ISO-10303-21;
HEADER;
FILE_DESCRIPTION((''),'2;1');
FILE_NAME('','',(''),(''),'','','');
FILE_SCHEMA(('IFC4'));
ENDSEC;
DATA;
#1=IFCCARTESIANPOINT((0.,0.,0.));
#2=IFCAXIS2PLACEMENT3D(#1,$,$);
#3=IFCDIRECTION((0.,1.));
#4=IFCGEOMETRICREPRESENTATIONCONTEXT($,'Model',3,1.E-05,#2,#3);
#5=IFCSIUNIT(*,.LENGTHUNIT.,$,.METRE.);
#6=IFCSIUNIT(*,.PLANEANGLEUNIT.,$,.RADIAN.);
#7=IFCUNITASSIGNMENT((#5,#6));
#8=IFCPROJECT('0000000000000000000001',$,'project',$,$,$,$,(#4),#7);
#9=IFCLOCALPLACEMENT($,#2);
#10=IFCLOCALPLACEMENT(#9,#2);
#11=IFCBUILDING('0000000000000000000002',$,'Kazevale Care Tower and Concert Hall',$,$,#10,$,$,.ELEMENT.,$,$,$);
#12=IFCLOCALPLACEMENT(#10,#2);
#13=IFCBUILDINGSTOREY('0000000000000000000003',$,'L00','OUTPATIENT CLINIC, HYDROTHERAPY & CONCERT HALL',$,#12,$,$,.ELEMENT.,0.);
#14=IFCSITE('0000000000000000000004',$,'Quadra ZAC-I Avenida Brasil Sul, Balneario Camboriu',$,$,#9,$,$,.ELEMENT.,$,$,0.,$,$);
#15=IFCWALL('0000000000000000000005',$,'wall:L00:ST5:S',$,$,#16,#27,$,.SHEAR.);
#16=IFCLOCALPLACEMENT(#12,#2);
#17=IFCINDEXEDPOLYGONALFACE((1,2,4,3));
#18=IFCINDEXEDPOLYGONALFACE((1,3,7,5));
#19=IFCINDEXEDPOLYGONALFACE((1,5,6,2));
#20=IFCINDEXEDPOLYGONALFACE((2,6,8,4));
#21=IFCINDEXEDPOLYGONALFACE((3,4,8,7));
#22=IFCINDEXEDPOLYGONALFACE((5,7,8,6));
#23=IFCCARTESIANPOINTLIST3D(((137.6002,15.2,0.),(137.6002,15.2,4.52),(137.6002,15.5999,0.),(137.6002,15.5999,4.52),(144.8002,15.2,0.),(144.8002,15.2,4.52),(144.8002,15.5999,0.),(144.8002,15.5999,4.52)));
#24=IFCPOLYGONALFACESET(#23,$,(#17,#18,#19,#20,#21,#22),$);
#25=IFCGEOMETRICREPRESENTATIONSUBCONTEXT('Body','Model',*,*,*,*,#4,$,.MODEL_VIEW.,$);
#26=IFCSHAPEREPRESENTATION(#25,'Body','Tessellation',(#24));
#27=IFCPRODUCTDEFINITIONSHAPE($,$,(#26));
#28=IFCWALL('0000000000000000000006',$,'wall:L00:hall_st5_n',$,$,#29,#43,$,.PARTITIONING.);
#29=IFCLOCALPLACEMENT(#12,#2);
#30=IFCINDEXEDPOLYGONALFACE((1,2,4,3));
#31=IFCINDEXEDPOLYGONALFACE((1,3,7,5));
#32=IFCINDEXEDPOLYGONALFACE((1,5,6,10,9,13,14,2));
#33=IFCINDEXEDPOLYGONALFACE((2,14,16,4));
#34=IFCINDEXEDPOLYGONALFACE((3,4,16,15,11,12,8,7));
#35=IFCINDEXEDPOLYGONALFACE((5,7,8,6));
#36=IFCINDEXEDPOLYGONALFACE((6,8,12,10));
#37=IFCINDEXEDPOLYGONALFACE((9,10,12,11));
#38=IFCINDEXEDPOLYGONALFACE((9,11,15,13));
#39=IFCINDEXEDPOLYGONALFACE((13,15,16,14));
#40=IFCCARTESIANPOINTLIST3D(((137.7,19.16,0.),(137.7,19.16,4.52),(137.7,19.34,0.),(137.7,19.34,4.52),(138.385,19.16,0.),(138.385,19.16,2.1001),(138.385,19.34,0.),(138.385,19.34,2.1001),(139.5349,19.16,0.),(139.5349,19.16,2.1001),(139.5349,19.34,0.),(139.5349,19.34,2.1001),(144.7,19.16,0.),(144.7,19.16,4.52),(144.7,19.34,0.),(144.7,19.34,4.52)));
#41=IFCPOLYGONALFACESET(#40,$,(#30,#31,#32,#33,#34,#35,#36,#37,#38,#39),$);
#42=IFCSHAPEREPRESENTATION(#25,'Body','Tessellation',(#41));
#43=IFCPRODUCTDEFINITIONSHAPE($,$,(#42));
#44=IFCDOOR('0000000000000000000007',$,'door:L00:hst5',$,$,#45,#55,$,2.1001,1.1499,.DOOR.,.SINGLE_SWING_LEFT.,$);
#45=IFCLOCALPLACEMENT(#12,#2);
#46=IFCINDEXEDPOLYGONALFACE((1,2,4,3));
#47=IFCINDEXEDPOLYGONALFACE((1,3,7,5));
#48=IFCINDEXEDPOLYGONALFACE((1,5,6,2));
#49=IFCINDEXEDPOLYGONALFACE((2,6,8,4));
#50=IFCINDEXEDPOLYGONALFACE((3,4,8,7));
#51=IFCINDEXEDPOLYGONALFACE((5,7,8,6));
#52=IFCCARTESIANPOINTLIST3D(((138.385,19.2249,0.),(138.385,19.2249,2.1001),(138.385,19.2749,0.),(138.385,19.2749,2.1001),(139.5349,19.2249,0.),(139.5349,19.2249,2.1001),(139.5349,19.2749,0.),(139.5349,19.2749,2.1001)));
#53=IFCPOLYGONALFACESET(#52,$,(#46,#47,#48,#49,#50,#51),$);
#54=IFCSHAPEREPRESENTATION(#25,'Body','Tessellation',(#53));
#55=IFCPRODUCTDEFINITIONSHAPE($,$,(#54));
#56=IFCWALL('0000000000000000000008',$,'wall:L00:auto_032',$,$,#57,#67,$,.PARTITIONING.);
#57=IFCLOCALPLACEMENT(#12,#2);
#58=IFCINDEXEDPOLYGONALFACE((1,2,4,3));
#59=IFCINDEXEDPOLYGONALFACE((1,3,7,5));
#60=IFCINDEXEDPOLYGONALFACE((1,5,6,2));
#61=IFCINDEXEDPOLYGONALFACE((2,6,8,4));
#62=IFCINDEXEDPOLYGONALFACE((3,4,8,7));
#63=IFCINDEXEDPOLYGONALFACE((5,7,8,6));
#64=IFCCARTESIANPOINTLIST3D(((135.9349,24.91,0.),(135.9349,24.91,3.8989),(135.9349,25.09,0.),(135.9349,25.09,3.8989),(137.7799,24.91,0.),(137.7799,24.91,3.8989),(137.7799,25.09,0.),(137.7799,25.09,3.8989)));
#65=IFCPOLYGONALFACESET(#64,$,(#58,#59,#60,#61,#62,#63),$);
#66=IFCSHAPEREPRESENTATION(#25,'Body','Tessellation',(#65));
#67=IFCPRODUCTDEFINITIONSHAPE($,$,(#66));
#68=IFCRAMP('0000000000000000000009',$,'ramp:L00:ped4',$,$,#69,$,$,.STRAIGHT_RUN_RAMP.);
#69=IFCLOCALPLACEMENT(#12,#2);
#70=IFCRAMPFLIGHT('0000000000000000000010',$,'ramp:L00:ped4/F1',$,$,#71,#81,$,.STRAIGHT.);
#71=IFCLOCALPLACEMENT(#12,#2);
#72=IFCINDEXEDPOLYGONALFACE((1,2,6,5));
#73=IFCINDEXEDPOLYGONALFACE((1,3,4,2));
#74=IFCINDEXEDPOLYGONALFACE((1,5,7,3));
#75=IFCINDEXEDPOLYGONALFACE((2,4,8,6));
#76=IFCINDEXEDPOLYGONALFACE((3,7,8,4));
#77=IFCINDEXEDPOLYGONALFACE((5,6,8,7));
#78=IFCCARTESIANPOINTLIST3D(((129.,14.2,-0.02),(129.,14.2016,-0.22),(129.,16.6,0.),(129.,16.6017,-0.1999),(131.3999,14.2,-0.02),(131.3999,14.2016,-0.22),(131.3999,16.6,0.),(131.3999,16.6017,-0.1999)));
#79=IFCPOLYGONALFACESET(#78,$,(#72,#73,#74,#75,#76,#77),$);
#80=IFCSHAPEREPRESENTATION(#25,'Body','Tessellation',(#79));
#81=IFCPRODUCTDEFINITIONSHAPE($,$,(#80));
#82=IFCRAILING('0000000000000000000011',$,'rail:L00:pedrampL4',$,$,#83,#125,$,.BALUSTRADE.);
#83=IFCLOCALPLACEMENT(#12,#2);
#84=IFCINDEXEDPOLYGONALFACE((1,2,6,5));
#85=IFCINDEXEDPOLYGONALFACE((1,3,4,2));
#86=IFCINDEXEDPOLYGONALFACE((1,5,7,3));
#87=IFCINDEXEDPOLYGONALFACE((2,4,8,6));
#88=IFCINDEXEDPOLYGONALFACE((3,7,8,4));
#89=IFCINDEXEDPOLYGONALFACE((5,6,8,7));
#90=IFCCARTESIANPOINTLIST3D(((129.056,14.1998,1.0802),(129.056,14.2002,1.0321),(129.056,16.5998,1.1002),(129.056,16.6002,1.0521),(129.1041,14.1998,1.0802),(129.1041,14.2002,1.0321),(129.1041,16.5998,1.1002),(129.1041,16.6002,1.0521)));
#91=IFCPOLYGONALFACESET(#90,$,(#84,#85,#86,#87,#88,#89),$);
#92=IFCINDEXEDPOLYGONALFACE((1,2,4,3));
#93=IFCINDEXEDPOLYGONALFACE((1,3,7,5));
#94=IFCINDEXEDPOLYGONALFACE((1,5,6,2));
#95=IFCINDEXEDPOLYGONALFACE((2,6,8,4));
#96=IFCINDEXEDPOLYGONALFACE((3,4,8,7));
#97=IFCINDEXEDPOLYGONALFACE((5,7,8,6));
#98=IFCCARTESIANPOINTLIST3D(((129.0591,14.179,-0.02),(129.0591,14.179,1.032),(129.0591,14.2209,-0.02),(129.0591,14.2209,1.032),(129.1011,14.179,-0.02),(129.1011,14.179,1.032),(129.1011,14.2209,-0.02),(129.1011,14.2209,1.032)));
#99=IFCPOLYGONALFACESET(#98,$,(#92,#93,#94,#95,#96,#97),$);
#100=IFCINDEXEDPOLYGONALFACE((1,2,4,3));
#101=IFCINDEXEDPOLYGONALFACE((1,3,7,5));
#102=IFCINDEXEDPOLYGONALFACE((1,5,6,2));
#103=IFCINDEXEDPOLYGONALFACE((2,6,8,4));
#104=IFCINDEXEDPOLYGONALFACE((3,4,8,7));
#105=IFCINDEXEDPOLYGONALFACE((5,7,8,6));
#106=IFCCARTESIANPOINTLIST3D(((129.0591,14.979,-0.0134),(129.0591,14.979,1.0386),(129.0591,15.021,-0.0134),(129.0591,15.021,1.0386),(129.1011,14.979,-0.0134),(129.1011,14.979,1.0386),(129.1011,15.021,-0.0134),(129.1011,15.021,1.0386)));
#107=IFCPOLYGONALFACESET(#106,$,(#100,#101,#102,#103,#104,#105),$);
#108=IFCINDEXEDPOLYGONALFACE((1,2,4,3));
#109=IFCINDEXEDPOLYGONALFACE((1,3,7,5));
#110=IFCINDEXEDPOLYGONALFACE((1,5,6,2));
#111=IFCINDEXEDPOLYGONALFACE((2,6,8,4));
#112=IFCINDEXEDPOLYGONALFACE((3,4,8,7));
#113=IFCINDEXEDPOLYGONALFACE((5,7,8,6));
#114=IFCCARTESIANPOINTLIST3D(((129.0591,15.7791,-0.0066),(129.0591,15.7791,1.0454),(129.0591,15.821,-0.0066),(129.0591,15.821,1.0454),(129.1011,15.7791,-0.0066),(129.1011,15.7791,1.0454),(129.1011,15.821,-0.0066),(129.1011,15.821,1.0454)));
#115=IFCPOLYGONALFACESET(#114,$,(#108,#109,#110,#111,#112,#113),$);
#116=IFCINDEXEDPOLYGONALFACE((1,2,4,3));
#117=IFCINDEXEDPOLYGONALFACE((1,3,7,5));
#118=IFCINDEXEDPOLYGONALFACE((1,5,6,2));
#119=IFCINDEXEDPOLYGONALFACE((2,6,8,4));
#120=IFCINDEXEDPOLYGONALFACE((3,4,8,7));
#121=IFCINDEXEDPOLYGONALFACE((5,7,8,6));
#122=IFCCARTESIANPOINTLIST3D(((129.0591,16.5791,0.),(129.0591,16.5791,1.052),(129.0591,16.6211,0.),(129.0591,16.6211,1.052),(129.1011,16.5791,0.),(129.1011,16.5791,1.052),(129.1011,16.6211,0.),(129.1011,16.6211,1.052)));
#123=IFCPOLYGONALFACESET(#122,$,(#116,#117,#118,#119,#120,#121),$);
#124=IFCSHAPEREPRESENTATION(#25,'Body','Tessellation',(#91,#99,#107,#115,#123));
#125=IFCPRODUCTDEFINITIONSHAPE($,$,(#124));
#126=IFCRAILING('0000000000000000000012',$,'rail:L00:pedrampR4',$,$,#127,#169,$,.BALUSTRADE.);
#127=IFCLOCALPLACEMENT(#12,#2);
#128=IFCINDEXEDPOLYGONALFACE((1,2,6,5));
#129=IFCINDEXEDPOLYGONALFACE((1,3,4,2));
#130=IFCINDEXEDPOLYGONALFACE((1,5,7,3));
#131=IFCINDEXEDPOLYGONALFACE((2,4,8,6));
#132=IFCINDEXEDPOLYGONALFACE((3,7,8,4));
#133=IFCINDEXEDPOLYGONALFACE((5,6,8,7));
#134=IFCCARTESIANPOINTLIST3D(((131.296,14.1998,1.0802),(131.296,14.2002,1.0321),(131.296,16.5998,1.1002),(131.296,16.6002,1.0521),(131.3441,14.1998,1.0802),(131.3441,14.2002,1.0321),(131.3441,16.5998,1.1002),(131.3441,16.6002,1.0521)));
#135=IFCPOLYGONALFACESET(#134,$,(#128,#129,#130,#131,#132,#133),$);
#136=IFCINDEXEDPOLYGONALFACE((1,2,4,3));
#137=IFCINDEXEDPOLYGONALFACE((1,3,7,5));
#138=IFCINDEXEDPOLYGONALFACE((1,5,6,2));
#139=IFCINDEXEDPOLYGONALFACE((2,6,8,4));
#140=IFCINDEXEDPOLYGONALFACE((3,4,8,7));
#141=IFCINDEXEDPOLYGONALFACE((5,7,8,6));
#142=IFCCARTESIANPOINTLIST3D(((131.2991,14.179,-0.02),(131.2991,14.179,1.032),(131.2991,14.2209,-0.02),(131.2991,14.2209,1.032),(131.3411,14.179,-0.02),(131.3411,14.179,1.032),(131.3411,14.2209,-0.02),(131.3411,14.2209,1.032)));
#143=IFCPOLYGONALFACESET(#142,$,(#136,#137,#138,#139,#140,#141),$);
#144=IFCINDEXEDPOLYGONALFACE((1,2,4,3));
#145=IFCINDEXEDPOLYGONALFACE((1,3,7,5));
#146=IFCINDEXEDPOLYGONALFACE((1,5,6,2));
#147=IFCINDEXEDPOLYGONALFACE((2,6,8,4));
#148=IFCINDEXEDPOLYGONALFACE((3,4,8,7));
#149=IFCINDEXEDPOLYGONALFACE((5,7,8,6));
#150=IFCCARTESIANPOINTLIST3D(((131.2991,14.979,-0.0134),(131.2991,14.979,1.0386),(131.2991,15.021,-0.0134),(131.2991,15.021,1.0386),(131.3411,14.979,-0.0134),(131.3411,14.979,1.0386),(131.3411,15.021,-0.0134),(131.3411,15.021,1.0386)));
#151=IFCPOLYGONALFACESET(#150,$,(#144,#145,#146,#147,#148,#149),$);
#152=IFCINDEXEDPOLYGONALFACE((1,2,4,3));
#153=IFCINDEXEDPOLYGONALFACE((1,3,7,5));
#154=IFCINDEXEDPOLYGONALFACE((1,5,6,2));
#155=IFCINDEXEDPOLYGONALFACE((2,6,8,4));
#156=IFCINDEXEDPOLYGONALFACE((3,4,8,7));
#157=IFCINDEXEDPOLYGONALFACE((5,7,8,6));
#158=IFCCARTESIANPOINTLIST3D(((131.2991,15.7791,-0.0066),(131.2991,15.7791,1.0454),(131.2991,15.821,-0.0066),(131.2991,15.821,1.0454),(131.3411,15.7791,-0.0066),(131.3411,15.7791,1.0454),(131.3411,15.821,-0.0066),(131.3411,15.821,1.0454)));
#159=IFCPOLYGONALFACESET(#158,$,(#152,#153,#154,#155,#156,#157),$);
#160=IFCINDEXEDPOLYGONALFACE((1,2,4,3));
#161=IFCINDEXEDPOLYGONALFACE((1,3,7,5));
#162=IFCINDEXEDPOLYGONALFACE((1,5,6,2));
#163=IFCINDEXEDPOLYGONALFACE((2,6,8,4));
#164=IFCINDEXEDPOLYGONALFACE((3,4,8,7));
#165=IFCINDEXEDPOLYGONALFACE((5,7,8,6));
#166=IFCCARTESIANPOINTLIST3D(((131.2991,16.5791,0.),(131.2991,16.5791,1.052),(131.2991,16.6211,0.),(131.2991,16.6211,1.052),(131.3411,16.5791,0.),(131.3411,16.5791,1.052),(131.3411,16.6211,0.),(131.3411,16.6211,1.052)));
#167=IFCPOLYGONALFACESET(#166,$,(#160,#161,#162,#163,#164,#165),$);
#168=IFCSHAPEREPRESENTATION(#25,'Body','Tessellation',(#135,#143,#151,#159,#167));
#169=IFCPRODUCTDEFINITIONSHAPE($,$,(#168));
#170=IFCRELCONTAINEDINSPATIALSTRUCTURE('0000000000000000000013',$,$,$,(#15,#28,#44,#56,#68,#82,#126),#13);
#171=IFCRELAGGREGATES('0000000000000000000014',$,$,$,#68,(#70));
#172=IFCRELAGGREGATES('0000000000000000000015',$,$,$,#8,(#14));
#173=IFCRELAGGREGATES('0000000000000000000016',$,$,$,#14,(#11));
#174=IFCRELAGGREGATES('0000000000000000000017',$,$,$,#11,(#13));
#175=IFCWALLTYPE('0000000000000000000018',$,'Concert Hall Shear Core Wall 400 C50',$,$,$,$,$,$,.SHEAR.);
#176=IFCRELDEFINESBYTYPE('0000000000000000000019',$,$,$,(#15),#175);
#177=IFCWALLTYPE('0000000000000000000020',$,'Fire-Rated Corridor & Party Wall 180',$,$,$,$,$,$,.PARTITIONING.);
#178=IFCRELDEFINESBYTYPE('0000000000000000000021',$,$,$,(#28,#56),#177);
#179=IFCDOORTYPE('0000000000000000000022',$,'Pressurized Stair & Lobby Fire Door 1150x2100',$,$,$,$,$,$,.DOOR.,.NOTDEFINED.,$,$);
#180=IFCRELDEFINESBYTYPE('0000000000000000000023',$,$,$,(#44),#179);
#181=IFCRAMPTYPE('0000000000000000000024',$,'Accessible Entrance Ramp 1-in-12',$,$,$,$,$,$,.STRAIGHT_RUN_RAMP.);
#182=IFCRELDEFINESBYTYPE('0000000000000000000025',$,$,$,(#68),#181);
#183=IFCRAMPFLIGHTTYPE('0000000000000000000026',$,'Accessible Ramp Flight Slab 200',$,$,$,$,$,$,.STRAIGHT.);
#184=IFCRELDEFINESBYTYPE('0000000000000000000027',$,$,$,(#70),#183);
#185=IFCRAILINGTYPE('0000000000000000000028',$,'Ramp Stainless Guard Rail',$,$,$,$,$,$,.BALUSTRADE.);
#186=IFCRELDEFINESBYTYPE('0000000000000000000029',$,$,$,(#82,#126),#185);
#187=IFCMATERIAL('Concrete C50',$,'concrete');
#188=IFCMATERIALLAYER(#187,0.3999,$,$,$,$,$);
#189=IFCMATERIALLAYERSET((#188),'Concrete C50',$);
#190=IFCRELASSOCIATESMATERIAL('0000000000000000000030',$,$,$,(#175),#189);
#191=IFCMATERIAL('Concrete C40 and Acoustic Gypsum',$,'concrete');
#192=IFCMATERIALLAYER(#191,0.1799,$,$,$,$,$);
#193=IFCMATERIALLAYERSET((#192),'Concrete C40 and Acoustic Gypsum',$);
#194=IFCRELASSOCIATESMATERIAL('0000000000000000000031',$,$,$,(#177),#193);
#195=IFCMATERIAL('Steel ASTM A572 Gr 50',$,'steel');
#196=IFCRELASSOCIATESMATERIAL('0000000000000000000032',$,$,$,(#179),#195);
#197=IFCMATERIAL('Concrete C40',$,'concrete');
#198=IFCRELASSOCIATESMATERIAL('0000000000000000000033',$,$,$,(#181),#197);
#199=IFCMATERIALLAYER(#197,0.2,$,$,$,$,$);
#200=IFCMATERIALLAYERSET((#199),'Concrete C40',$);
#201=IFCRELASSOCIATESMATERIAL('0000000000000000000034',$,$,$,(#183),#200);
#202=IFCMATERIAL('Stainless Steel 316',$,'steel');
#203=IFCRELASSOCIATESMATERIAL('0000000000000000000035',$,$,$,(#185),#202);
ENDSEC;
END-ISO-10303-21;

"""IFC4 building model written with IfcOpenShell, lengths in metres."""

from ifc_helpers import new_model, si_unit, direction, frame, frame_2d, origin, origin_2d, place, context, subcontext, project, spatial, polyline, rectangle, outline, extrude, material, layer, layer_set, type_object, element, fill, aggregate, save


model = new_model("IFC4")

# Units and contexts
model_context = context("Model", 3, precision=1e-05, world=origin(), true_north=direction((0.0, 1.0)))
body_context = subcontext(model_context, "Body", "Model", "MODEL_VIEW")
ifc_project = project(units=[si_unit("LENGTHUNIT", "METRE"), si_unit("PLANEANGLEUNIT", "RADIAN")], contexts=[model_context])

# Site, building, storey
site_placement = place(None, origin())
site = spatial("IfcSite", under=ifc_project, at=site_placement, Name="Quadra ZAC-I Avenida Brasil Sul, Balneario Camboriu", CompositionType="ELEMENT", RefElevation=0.0)
building_placement = place(site_placement, origin())
building = spatial("IfcBuilding", under=site, at=building_placement, Name="Kazevale Care Tower and Concert Hall", CompositionType="ELEMENT")
storey_placement = place(building_placement, origin())
storey = spatial("IfcBuildingStorey", under=building, at=storey_placement, Name="L00", Description="OUTPATIENT CLINIC, HYDROTHERAPY & CONCERT HALL", CompositionType="ELEMENT", Elevation=0.0)

# Shared definitions
ifc_material_1 = material(Name="Concrete C50", Category="concrete")

# Shared definitions
ifc_material_2 = material(Name="Steel ASTM A572 Gr 50", Category="steel")

# Wall
ifc_layer_1 = layer(ifc_material_1, 0.3999)
ifc_layer_set_1 = layer_set([ifc_layer_1], Name="Concrete C50")
wall_type_1 = type_object("IfcWallType", Name="Concert Hall Shear Core Wall 400 C50", PredefinedType="SHEAR", material=ifc_layer_set_1)
wall_1_placement = place(storey_placement, frame((137.6001, 15.3999, 0.0), z_axis=(0.0, 0.0, 1.0), x_axis=(1.0, 0.0, 0.0)))
element("IfcWall", 1, at=wall_1_placement, inside=storey, type_object=wall_type_1, Name="wall:L00:ST5:S", PredefinedType="SHEAR", context=body_context, shape_type="SweptSolid", body=[
    extrude(rectangle(XDim=7.2, YDim=0.3999, at=frame_2d((3.6001, 0.0))), origin(), (0.0, 0.0, 1.0), 4.52),
])

# Wall, opening, door
ifc_material_3 = material(Name="Concrete C40 and Acoustic Gypsum", Category="concrete")
ifc_layer_2 = layer(ifc_material_3, 0.1799)
ifc_layer_set_2 = layer_set([ifc_layer_2], Name="Concrete C40 and Acoustic Gypsum")
wall_type_2 = type_object("IfcWallType", Name="Fire-Rated Corridor & Party Wall 180", PredefinedType="PARTITIONING", material=ifc_layer_set_2)
wall_2_placement = place(storey_placement, frame((137.7, 19.25, 0.0), z_axis=(0.0, 0.0, 1.0), x_axis=(1.0, 0.0, 0.0)))
wall_2 = element("IfcWall", 2, at=wall_2_placement, inside=storey, type_object=wall_type_2, Name="wall:L00:hall_st5_n", PredefinedType="PARTITIONING", context=body_context, shape_type="SweptSolid", body=[
    extrude(rectangle(XDim=7.0, YDim=0.1799, at=frame_2d((3.5, 0.0))), origin(), (0.0, 0.0, 1.0), 4.52),
])
opening_1_placement = place(wall_2_placement, frame((0.6851, 0.0, 0.0)))
opening_1 = element("IfcOpeningElement", 3, at=opening_1_placement, cuts=wall_2, PredefinedType="OPENING", context=body_context, shape_type="SweptSolid", body=[
    extrude(rectangle(XDim=1.1499, YDim=2.1001, at=frame_2d((0.575, 1.05))), frame((0.0, 0.0999, 0.0), z_axis=(0.0, -1.0, 0.0), x_axis=(1.0, 0.0, 0.0)), (0.0, 0.0, 1.0), 0.2),
])
door_type_1 = type_object("IfcDoorType", Name="Pressurized Stair & Lobby Fire Door 1150x2100", OperationType="NOTDEFINED", PredefinedType="DOOR", material=ifc_material_2)
door_1_placement = place(opening_1_placement, origin())
door_1 = element("IfcDoor", 4, at=door_1_placement, inside=storey, type_object=door_type_1, Name="door:L00:hst5", OperationType="SINGLE_SWING_LEFT", OverallHeight=2.1001, OverallWidth=1.1499, PredefinedType="DOOR", context=body_context, shape_type="SweptSolid", body=[
    extrude(rectangle(XDim=1.1499, YDim=2.1001, at=frame_2d((0.575, 1.05))), frame((0.0, 0.0249, 0.0), z_axis=(0.0, -1.0, 0.0), x_axis=(1.0, 0.0, 0.0)), (0.0, 0.0, 1.0), 0.05),
])
fill(opening_1, door_1)

# Wall
wall_3_placement = place(storey_placement, frame((135.9351, 25.0, 0.0), z_axis=(0.0, 0.0, 1.0), x_axis=(1.0, 0.0, 0.0)))
element("IfcWall", 5, at=wall_3_placement, inside=storey, type_object=wall_type_2, Name="wall:L00:auto_032", PredefinedType="PARTITIONING", context=body_context, shape_type="SweptSolid", body=[
    extrude(rectangle(XDim=1.845, YDim=0.1799, at=frame_2d((0.9224, 0.0))), origin(), (0.0, 0.0, 1.0), 3.8989),
])

# Ramp, ramp flight
ifc_material_4 = material(Name="Concrete C40", Category="concrete")
ramp_type = type_object("IfcRampType", Name="Accessible Entrance Ramp 1-in-12", PredefinedType="STRAIGHT_RUN_RAMP", material=ifc_material_4)
ramp_placement = place(storey_placement, origin())
ramp = element("IfcRamp", 6, at=ramp_placement, inside=storey, type_object=ramp_type, Name="ramp:L00:ped4", PredefinedType="STRAIGHT_RUN_RAMP")
ifc_layer_3 = layer(ifc_material_4, 0.2)
ifc_layer_set_3 = layer_set([ifc_layer_3], Name="Concrete C40")
ramp_flight_type = type_object("IfcRampFlightType", Name="Accessible Ramp Flight Slab 200", PredefinedType="STRAIGHT", material=ifc_layer_set_3)
ramp_flight_placement = place(storey_placement, frame((129.0, 14.2, -0.02), z_axis=(0.0, -0.008341, 0.999965), x_axis=(0.0, 0.999965, 0.008341)))
ramp_flight = element("IfcRampFlight", 7, at=ramp_flight_placement, type_object=ramp_flight_type, Name="ramp:L00:ped4/F1", PredefinedType="STRAIGHT", context=body_context, shape_type="SweptSolid", body=[
    extrude(outline(polyline([(0.0, 0.0), (2.4001, 0.0), (2.4001, -2.3999), (0.0, -2.3999), (0.0, 0.0)])), origin(), (0.0, 0.0, -1.0), 0.2),
])
aggregate(ramp, [ramp_flight])

# Railings
ifc_material_5 = material(Name="Stainless Steel 316", Category="steel")
railing_type = type_object("IfcRailingType", Name="Ramp Stainless Guard Rail", PredefinedType="BALUSTRADE", material=ifc_material_5)
for number, where, name in (
    (8, (129.0801, 14.2, -0.02), "rail:L00:pedrampL4"),
    (9, (131.3201, 14.2, -0.02), "rail:L00:pedrampR4"),
):
    element("IfcRailing", number, at=place(storey_placement, frame(where)), inside=storey, type_object=railing_type, Name=name, PredefinedType="BALUSTRADE", context=body_context, shape_type="SweptSolid", body=[
        extrude(rectangle(XDim=0.0481, YDim=0.0481, at=origin_2d()), frame((0.0, 0.0, 1.0762), z_axis=(0.0, 0.999965, 0.008341), x_axis=(-1.0, 0.0, 0.0)), (0.0, 0.0, 1.0), 2.4001),
        extrude(rectangle(XDim=0.042, YDim=0.042, at=origin_2d()), origin(), (0.0, 0.0, 1.0), 1.052),
        extrude(rectangle(XDim=0.042, YDim=0.042, at=origin_2d()), frame((0.0, 0.8, 0.0066)), (0.0, 0.0, 1.0), 1.052),
        extrude(rectangle(XDim=0.042, YDim=0.042, at=origin_2d()), frame((0.0, 1.6001, 0.0134)), (0.0, 0.0, 1.0), 1.052),
        extrude(rectangle(XDim=0.042, YDim=0.042, at=origin_2d()), frame((0.0, 2.4001, 0.02)), (0.0, 0.0, 1.0), 1.052),
    ])

save(model, "model.ifc")
